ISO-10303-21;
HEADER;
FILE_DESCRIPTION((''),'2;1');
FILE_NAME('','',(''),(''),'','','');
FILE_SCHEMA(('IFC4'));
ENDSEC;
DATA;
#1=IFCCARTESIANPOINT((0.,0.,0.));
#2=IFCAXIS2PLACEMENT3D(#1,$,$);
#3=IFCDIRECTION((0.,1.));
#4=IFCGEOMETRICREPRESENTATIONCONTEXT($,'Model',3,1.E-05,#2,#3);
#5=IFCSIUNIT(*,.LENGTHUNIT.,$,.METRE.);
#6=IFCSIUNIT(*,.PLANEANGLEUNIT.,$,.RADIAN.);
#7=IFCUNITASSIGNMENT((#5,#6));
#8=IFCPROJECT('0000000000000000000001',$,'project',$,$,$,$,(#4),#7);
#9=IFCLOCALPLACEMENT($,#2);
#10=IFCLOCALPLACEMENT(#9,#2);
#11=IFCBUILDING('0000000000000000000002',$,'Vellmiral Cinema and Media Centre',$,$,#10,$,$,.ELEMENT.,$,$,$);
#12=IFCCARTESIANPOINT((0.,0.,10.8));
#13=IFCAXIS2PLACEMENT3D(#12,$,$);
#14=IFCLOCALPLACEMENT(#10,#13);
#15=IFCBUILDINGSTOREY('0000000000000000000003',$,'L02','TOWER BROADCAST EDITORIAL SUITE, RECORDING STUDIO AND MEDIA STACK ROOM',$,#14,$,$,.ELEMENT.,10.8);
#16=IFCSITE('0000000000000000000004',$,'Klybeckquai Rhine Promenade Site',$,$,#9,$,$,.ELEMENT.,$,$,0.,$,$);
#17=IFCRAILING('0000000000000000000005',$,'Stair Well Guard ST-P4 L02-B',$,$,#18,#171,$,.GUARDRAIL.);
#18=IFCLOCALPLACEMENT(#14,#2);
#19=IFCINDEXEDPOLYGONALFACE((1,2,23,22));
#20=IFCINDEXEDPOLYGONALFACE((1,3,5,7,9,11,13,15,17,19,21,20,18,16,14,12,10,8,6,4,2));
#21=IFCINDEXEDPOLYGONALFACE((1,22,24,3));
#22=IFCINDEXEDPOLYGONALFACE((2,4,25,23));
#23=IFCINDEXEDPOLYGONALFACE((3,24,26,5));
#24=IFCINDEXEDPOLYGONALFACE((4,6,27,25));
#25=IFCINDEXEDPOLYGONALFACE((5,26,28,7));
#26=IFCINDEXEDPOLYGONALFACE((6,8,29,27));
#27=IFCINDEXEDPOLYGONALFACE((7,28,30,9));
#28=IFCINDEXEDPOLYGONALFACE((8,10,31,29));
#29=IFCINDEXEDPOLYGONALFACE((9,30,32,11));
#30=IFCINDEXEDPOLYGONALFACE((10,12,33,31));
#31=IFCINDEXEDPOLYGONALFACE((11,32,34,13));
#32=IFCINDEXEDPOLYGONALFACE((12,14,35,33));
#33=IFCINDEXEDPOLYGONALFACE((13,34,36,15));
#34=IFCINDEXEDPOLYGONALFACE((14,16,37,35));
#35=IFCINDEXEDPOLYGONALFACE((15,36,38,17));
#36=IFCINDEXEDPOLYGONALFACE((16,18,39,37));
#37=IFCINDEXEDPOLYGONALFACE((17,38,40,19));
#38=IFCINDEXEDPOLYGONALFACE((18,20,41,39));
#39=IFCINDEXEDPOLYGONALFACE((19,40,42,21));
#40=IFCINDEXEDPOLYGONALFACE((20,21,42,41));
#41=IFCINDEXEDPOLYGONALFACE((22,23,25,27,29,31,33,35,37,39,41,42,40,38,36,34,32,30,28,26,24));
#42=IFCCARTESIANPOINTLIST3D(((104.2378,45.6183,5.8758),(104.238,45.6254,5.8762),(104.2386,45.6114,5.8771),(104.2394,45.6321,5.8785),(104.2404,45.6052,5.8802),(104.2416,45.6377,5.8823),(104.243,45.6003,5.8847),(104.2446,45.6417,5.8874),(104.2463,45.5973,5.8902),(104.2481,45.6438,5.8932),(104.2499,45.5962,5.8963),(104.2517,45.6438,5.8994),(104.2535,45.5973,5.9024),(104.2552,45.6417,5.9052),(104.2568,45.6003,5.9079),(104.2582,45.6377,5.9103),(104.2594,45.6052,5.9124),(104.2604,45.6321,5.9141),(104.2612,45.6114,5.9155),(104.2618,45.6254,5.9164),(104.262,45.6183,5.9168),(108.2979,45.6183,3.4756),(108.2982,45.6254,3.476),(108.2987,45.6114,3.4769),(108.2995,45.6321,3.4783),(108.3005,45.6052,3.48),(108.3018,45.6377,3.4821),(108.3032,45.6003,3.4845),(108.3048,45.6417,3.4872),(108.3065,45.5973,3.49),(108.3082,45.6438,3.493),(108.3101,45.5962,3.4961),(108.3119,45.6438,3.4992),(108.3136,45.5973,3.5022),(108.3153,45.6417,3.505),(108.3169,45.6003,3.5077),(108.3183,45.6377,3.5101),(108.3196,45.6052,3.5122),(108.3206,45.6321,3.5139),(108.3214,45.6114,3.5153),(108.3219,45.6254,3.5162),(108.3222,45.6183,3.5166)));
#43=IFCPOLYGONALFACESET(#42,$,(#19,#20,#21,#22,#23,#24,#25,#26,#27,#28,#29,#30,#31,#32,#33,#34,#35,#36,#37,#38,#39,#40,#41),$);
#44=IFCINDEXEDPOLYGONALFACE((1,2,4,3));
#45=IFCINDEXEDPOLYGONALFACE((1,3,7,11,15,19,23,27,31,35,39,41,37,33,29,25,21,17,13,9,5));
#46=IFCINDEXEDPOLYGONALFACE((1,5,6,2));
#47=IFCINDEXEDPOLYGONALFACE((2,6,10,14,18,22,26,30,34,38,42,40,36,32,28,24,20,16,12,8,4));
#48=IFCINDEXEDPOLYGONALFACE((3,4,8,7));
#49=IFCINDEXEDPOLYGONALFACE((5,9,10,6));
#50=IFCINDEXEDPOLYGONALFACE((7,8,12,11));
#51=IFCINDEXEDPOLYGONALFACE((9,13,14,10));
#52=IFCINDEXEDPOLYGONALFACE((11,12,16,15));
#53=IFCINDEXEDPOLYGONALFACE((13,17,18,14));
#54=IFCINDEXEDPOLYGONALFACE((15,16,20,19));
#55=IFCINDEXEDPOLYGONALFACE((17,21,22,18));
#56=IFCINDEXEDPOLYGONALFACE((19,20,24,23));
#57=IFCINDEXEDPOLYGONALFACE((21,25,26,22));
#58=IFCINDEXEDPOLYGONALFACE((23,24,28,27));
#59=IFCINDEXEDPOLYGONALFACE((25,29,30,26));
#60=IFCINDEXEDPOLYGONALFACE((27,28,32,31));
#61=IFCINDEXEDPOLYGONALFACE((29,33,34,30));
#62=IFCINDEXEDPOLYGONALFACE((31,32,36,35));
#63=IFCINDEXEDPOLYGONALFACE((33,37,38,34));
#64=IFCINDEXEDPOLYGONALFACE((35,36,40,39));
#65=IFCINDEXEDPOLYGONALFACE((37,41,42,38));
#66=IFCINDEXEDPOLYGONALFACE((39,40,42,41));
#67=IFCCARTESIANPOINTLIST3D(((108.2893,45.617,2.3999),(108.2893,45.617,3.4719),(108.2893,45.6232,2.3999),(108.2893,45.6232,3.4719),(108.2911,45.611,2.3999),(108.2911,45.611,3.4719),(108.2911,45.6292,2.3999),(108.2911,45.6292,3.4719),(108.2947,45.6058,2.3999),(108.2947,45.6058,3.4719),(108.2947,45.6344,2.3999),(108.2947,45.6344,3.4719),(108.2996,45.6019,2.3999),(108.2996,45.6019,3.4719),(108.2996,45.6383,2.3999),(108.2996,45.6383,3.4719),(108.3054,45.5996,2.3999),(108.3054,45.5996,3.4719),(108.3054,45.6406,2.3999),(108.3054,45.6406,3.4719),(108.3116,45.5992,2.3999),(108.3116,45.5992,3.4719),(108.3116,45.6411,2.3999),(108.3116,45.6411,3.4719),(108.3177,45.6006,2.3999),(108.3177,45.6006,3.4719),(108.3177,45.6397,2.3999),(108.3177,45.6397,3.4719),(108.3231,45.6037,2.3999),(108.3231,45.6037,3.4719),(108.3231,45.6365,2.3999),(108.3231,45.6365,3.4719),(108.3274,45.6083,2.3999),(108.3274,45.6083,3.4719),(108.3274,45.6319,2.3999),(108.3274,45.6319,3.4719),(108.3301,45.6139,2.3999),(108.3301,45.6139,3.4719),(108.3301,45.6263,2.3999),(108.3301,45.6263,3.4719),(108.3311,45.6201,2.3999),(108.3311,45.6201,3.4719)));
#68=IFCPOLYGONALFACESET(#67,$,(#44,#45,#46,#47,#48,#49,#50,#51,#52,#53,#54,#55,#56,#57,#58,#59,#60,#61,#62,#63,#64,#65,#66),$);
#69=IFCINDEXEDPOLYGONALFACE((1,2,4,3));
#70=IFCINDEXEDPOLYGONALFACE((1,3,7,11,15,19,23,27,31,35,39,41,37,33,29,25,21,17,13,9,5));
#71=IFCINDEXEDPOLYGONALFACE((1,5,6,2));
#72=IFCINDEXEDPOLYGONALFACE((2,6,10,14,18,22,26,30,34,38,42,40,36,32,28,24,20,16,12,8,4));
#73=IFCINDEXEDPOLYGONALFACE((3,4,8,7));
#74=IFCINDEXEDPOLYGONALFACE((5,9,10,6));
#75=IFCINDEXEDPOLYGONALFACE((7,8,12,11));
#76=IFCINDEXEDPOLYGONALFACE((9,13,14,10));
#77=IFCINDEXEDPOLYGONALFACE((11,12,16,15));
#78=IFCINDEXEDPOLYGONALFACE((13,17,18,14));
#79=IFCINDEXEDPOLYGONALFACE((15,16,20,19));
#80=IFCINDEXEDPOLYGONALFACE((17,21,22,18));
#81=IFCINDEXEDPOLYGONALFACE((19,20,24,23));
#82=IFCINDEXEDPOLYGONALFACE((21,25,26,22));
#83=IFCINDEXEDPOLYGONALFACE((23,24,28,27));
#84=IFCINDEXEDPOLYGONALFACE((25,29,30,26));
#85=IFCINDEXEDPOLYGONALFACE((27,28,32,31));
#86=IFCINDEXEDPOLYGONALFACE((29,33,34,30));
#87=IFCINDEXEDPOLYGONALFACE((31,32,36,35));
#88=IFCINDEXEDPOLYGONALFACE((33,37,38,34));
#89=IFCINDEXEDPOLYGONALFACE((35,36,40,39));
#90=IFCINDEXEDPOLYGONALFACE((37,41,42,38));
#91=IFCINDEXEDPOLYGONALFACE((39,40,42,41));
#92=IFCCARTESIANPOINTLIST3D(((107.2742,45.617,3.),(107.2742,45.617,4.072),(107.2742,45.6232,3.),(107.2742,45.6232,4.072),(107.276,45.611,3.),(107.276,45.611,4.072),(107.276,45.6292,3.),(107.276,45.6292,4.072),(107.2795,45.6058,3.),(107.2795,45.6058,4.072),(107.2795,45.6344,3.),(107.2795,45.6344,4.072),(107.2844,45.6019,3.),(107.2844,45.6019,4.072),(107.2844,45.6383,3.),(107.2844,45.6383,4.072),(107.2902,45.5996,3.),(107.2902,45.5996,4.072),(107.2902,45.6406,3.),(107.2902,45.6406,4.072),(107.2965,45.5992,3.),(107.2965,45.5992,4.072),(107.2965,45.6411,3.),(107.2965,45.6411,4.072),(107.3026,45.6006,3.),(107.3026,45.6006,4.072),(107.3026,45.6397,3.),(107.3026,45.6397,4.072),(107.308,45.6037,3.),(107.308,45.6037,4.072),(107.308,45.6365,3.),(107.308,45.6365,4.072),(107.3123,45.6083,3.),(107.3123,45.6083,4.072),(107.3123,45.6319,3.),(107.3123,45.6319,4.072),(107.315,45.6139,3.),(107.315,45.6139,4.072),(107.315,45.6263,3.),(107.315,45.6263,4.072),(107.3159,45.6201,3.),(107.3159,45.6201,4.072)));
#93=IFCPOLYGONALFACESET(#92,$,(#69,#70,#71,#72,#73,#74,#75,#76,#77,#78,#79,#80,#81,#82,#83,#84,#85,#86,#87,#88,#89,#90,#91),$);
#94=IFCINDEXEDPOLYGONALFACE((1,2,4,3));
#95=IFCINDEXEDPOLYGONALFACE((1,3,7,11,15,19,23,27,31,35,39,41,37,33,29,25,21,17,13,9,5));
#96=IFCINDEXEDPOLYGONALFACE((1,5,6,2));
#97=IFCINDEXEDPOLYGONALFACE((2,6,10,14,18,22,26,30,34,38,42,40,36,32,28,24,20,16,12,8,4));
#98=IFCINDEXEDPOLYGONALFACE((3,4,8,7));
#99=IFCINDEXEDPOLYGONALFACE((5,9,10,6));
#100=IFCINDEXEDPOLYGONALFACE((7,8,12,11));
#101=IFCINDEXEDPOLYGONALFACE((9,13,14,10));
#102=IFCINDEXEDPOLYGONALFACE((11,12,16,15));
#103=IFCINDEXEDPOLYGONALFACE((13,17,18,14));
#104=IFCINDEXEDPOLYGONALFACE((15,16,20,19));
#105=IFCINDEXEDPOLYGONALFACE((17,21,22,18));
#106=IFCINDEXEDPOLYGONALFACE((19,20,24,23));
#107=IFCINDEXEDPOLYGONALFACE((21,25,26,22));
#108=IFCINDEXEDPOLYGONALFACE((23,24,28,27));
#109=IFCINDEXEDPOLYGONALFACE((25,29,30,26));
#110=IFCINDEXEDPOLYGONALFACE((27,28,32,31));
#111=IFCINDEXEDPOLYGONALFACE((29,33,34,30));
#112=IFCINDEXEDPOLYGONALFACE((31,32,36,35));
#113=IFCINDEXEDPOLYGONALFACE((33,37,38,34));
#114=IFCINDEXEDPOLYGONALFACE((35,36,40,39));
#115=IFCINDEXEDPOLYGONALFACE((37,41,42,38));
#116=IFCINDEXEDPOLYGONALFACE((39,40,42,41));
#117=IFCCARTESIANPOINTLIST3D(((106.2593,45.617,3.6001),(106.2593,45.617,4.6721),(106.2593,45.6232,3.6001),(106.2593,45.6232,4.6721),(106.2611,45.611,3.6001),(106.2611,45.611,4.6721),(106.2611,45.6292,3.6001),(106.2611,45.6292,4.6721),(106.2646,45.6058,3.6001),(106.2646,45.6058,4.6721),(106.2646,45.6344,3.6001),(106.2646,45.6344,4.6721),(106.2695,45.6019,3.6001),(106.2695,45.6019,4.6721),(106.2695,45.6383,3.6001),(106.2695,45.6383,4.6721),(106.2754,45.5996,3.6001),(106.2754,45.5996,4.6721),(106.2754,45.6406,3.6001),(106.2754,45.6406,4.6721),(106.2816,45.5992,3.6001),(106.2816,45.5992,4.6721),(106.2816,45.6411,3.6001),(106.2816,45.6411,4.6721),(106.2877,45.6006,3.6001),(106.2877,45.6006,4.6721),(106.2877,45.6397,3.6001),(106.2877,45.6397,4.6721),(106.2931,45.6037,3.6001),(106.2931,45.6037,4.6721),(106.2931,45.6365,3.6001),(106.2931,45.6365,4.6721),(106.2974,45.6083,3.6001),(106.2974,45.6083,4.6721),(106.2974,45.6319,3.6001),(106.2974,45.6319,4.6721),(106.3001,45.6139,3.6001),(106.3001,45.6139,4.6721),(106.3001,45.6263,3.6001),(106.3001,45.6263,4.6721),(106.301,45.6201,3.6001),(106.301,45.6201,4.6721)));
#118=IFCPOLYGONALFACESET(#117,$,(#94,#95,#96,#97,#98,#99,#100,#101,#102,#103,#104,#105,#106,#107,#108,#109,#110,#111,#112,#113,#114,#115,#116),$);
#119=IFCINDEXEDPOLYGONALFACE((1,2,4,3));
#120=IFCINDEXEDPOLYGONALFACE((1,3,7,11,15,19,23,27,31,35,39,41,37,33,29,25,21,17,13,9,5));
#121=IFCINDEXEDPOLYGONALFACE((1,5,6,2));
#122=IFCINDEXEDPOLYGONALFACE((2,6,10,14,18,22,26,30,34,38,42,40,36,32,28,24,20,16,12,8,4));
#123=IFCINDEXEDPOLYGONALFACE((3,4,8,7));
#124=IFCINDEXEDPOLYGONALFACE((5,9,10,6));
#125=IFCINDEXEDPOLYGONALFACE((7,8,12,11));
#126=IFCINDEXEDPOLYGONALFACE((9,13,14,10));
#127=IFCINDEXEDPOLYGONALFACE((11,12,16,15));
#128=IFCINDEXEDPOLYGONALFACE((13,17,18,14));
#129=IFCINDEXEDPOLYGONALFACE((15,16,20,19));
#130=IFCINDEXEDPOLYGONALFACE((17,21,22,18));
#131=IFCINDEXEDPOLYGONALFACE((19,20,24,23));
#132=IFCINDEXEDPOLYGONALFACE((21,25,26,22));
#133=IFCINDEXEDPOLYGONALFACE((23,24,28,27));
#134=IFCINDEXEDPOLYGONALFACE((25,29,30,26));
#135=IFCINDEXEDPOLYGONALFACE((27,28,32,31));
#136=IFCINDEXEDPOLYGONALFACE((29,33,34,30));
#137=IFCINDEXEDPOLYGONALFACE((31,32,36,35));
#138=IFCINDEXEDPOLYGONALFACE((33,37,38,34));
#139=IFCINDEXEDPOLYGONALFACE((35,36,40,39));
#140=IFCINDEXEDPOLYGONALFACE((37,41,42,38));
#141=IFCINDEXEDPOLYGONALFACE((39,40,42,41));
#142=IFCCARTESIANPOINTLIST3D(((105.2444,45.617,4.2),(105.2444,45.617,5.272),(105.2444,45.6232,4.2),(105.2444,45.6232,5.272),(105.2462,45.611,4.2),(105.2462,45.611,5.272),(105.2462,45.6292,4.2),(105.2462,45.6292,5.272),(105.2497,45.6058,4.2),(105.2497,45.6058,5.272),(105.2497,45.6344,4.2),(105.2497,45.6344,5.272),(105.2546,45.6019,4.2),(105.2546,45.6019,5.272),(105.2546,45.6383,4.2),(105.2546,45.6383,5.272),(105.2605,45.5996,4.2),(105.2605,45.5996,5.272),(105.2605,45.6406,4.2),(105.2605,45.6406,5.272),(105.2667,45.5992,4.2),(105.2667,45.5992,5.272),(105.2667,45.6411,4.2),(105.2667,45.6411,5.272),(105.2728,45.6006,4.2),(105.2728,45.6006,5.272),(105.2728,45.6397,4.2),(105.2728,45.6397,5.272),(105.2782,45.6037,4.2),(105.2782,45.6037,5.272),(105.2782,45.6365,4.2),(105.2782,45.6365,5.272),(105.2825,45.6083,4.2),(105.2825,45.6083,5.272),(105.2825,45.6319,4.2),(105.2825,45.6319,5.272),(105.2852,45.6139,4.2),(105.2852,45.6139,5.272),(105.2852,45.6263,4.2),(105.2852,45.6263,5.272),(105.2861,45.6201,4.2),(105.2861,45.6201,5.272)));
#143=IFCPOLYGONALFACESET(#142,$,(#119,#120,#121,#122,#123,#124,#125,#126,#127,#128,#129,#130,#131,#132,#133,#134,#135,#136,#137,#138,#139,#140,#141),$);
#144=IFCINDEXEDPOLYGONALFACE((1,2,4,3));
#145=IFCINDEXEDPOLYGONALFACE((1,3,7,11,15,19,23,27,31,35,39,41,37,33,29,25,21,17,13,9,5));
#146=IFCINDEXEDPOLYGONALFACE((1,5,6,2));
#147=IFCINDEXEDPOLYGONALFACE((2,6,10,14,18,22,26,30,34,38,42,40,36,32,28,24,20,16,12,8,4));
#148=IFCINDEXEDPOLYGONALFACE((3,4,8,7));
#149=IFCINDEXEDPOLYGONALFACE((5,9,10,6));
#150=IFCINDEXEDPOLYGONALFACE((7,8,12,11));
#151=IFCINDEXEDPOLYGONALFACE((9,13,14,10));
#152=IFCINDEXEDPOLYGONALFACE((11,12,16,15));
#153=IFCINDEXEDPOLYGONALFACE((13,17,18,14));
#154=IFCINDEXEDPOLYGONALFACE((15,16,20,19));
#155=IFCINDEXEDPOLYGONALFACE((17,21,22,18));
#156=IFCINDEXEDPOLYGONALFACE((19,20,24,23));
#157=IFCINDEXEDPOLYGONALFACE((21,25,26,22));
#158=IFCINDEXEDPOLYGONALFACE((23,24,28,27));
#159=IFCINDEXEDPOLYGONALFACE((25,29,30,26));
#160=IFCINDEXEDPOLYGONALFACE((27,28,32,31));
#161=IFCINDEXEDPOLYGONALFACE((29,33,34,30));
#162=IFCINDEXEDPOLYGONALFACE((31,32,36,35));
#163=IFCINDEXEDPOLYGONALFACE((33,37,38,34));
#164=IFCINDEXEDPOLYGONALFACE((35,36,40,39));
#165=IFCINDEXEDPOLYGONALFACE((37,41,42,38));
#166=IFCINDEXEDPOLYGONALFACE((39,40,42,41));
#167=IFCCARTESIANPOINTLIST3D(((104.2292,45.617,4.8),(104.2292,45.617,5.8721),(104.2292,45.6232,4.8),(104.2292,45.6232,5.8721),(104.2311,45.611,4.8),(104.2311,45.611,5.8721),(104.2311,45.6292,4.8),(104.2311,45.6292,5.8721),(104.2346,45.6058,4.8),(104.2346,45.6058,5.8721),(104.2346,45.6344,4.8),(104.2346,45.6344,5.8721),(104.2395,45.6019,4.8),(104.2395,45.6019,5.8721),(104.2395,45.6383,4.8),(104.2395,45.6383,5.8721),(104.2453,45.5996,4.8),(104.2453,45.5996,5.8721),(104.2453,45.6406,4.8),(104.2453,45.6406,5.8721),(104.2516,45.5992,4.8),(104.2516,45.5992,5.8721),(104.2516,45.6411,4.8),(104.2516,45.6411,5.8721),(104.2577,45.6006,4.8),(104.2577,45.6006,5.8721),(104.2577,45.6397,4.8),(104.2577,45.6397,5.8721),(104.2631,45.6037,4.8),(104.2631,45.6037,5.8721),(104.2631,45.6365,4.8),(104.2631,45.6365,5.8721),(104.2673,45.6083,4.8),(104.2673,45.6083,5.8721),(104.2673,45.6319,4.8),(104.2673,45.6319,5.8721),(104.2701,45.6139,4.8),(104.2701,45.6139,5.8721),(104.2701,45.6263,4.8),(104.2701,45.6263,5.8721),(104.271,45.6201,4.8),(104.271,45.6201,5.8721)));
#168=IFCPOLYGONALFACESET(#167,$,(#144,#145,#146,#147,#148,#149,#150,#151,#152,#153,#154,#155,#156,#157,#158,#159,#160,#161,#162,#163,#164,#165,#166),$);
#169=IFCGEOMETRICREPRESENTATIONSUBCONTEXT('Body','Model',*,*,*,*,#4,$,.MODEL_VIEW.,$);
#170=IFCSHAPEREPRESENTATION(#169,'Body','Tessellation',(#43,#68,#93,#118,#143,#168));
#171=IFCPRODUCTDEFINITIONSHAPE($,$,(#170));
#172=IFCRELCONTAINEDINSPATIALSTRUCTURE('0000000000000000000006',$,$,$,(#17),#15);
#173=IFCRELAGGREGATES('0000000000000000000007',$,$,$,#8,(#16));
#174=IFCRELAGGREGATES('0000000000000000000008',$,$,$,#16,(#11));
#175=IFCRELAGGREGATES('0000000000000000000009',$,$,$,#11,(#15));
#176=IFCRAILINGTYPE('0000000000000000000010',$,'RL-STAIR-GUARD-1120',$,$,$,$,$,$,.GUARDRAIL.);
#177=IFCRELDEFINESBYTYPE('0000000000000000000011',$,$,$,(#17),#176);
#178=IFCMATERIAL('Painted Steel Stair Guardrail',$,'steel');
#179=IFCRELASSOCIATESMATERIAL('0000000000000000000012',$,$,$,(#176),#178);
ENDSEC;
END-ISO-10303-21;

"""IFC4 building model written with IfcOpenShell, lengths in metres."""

from ifc_helpers import new_model, si_unit, direction, frame, origin, origin_2d, place, context, subcontext, project, spatial, circle, extrude, material, type_object, element, save


model = new_model("IFC4")

# Units and contexts
model_context = context("Model", 3, precision=1e-05, world=origin(), true_north=direction((0.0, 1.0)))
body_context = subcontext(model_context, "Body", "Model", "MODEL_VIEW")
ifc_project = project(units=[si_unit("LENGTHUNIT", "METRE"), si_unit("PLANEANGLEUNIT", "RADIAN")], contexts=[model_context])

# Site, building, storey
site_placement = place(None, origin())
site = spatial("IfcSite", under=ifc_project, at=site_placement, Name="Klybeckquai Rhine Promenade Site", CompositionType="ELEMENT", RefElevation=0.0)
building_placement = place(site_placement, origin())
building = spatial("IfcBuilding", under=site, at=building_placement, Name="Vellmiral Cinema and Media Centre", CompositionType="ELEMENT")
storey_placement = place(building_placement, frame((0.0, 0.0, 10.8)))
storey = spatial("IfcBuildingStorey", under=building, at=storey_placement, Name="L02", Description="TOWER BROADCAST EDITORIAL SUITE, RECORDING STUDIO AND MEDIA STACK ROOM", CompositionType="ELEMENT", Elevation=10.8)

# Railing
ifc_material_1 = material(Name="Painted Steel Stair Guardrail", Category="steel")
railing_type_1 = type_object("IfcRailingType", Name="RL-STAIR-GUARD-1120", PredefinedType="GUARDRAIL", material=ifc_material_1)
railing_1_placement = place(storey_placement, frame((108.3101, 45.6201, 2.3999)))
element("IfcRailing", 1, at=railing_1_placement, inside=storey, type_object=railing_type_1, Name="Stair Well Guard ST-P4 L02-B", PredefinedType="GUARDRAIL", context=body_context, shape_type="SweptSolid", body=[
    extrude(circle(Radius=0.0239, at=origin_2d()), frame((0.0, 0.0, 1.0962), z_axis=(-0.860832, 0.0, 0.50889), x_axis=(0.0, -1.0, 0.0)), (0.0, 0.0, 1.0), 4.7166),
    extrude(circle(Radius=0.021, at=origin_2d()), origin(), (0.0, 0.0, 1.0), 1.072),
    extrude(circle(Radius=0.021, at=origin_2d()), frame((-1.0151, 0.0, 0.6001)), (0.0, 0.0, 1.0), 1.072),
    extrude(circle(Radius=0.021, at=origin_2d()), frame((-2.03, 0.0, 1.2002)), (0.0, 0.0, 1.0), 1.072),
    extrude(circle(Radius=0.021, at=origin_2d()), frame((-3.0449, 0.0, 1.8)), (0.0, 0.0, 1.0), 1.072),
    extrude(circle(Radius=0.021, at=origin_2d()), frame((-4.0601, 0.0, 2.4001)), (0.0, 0.0, 1.0), 1.072),
])

save(model, "model.ifc")
